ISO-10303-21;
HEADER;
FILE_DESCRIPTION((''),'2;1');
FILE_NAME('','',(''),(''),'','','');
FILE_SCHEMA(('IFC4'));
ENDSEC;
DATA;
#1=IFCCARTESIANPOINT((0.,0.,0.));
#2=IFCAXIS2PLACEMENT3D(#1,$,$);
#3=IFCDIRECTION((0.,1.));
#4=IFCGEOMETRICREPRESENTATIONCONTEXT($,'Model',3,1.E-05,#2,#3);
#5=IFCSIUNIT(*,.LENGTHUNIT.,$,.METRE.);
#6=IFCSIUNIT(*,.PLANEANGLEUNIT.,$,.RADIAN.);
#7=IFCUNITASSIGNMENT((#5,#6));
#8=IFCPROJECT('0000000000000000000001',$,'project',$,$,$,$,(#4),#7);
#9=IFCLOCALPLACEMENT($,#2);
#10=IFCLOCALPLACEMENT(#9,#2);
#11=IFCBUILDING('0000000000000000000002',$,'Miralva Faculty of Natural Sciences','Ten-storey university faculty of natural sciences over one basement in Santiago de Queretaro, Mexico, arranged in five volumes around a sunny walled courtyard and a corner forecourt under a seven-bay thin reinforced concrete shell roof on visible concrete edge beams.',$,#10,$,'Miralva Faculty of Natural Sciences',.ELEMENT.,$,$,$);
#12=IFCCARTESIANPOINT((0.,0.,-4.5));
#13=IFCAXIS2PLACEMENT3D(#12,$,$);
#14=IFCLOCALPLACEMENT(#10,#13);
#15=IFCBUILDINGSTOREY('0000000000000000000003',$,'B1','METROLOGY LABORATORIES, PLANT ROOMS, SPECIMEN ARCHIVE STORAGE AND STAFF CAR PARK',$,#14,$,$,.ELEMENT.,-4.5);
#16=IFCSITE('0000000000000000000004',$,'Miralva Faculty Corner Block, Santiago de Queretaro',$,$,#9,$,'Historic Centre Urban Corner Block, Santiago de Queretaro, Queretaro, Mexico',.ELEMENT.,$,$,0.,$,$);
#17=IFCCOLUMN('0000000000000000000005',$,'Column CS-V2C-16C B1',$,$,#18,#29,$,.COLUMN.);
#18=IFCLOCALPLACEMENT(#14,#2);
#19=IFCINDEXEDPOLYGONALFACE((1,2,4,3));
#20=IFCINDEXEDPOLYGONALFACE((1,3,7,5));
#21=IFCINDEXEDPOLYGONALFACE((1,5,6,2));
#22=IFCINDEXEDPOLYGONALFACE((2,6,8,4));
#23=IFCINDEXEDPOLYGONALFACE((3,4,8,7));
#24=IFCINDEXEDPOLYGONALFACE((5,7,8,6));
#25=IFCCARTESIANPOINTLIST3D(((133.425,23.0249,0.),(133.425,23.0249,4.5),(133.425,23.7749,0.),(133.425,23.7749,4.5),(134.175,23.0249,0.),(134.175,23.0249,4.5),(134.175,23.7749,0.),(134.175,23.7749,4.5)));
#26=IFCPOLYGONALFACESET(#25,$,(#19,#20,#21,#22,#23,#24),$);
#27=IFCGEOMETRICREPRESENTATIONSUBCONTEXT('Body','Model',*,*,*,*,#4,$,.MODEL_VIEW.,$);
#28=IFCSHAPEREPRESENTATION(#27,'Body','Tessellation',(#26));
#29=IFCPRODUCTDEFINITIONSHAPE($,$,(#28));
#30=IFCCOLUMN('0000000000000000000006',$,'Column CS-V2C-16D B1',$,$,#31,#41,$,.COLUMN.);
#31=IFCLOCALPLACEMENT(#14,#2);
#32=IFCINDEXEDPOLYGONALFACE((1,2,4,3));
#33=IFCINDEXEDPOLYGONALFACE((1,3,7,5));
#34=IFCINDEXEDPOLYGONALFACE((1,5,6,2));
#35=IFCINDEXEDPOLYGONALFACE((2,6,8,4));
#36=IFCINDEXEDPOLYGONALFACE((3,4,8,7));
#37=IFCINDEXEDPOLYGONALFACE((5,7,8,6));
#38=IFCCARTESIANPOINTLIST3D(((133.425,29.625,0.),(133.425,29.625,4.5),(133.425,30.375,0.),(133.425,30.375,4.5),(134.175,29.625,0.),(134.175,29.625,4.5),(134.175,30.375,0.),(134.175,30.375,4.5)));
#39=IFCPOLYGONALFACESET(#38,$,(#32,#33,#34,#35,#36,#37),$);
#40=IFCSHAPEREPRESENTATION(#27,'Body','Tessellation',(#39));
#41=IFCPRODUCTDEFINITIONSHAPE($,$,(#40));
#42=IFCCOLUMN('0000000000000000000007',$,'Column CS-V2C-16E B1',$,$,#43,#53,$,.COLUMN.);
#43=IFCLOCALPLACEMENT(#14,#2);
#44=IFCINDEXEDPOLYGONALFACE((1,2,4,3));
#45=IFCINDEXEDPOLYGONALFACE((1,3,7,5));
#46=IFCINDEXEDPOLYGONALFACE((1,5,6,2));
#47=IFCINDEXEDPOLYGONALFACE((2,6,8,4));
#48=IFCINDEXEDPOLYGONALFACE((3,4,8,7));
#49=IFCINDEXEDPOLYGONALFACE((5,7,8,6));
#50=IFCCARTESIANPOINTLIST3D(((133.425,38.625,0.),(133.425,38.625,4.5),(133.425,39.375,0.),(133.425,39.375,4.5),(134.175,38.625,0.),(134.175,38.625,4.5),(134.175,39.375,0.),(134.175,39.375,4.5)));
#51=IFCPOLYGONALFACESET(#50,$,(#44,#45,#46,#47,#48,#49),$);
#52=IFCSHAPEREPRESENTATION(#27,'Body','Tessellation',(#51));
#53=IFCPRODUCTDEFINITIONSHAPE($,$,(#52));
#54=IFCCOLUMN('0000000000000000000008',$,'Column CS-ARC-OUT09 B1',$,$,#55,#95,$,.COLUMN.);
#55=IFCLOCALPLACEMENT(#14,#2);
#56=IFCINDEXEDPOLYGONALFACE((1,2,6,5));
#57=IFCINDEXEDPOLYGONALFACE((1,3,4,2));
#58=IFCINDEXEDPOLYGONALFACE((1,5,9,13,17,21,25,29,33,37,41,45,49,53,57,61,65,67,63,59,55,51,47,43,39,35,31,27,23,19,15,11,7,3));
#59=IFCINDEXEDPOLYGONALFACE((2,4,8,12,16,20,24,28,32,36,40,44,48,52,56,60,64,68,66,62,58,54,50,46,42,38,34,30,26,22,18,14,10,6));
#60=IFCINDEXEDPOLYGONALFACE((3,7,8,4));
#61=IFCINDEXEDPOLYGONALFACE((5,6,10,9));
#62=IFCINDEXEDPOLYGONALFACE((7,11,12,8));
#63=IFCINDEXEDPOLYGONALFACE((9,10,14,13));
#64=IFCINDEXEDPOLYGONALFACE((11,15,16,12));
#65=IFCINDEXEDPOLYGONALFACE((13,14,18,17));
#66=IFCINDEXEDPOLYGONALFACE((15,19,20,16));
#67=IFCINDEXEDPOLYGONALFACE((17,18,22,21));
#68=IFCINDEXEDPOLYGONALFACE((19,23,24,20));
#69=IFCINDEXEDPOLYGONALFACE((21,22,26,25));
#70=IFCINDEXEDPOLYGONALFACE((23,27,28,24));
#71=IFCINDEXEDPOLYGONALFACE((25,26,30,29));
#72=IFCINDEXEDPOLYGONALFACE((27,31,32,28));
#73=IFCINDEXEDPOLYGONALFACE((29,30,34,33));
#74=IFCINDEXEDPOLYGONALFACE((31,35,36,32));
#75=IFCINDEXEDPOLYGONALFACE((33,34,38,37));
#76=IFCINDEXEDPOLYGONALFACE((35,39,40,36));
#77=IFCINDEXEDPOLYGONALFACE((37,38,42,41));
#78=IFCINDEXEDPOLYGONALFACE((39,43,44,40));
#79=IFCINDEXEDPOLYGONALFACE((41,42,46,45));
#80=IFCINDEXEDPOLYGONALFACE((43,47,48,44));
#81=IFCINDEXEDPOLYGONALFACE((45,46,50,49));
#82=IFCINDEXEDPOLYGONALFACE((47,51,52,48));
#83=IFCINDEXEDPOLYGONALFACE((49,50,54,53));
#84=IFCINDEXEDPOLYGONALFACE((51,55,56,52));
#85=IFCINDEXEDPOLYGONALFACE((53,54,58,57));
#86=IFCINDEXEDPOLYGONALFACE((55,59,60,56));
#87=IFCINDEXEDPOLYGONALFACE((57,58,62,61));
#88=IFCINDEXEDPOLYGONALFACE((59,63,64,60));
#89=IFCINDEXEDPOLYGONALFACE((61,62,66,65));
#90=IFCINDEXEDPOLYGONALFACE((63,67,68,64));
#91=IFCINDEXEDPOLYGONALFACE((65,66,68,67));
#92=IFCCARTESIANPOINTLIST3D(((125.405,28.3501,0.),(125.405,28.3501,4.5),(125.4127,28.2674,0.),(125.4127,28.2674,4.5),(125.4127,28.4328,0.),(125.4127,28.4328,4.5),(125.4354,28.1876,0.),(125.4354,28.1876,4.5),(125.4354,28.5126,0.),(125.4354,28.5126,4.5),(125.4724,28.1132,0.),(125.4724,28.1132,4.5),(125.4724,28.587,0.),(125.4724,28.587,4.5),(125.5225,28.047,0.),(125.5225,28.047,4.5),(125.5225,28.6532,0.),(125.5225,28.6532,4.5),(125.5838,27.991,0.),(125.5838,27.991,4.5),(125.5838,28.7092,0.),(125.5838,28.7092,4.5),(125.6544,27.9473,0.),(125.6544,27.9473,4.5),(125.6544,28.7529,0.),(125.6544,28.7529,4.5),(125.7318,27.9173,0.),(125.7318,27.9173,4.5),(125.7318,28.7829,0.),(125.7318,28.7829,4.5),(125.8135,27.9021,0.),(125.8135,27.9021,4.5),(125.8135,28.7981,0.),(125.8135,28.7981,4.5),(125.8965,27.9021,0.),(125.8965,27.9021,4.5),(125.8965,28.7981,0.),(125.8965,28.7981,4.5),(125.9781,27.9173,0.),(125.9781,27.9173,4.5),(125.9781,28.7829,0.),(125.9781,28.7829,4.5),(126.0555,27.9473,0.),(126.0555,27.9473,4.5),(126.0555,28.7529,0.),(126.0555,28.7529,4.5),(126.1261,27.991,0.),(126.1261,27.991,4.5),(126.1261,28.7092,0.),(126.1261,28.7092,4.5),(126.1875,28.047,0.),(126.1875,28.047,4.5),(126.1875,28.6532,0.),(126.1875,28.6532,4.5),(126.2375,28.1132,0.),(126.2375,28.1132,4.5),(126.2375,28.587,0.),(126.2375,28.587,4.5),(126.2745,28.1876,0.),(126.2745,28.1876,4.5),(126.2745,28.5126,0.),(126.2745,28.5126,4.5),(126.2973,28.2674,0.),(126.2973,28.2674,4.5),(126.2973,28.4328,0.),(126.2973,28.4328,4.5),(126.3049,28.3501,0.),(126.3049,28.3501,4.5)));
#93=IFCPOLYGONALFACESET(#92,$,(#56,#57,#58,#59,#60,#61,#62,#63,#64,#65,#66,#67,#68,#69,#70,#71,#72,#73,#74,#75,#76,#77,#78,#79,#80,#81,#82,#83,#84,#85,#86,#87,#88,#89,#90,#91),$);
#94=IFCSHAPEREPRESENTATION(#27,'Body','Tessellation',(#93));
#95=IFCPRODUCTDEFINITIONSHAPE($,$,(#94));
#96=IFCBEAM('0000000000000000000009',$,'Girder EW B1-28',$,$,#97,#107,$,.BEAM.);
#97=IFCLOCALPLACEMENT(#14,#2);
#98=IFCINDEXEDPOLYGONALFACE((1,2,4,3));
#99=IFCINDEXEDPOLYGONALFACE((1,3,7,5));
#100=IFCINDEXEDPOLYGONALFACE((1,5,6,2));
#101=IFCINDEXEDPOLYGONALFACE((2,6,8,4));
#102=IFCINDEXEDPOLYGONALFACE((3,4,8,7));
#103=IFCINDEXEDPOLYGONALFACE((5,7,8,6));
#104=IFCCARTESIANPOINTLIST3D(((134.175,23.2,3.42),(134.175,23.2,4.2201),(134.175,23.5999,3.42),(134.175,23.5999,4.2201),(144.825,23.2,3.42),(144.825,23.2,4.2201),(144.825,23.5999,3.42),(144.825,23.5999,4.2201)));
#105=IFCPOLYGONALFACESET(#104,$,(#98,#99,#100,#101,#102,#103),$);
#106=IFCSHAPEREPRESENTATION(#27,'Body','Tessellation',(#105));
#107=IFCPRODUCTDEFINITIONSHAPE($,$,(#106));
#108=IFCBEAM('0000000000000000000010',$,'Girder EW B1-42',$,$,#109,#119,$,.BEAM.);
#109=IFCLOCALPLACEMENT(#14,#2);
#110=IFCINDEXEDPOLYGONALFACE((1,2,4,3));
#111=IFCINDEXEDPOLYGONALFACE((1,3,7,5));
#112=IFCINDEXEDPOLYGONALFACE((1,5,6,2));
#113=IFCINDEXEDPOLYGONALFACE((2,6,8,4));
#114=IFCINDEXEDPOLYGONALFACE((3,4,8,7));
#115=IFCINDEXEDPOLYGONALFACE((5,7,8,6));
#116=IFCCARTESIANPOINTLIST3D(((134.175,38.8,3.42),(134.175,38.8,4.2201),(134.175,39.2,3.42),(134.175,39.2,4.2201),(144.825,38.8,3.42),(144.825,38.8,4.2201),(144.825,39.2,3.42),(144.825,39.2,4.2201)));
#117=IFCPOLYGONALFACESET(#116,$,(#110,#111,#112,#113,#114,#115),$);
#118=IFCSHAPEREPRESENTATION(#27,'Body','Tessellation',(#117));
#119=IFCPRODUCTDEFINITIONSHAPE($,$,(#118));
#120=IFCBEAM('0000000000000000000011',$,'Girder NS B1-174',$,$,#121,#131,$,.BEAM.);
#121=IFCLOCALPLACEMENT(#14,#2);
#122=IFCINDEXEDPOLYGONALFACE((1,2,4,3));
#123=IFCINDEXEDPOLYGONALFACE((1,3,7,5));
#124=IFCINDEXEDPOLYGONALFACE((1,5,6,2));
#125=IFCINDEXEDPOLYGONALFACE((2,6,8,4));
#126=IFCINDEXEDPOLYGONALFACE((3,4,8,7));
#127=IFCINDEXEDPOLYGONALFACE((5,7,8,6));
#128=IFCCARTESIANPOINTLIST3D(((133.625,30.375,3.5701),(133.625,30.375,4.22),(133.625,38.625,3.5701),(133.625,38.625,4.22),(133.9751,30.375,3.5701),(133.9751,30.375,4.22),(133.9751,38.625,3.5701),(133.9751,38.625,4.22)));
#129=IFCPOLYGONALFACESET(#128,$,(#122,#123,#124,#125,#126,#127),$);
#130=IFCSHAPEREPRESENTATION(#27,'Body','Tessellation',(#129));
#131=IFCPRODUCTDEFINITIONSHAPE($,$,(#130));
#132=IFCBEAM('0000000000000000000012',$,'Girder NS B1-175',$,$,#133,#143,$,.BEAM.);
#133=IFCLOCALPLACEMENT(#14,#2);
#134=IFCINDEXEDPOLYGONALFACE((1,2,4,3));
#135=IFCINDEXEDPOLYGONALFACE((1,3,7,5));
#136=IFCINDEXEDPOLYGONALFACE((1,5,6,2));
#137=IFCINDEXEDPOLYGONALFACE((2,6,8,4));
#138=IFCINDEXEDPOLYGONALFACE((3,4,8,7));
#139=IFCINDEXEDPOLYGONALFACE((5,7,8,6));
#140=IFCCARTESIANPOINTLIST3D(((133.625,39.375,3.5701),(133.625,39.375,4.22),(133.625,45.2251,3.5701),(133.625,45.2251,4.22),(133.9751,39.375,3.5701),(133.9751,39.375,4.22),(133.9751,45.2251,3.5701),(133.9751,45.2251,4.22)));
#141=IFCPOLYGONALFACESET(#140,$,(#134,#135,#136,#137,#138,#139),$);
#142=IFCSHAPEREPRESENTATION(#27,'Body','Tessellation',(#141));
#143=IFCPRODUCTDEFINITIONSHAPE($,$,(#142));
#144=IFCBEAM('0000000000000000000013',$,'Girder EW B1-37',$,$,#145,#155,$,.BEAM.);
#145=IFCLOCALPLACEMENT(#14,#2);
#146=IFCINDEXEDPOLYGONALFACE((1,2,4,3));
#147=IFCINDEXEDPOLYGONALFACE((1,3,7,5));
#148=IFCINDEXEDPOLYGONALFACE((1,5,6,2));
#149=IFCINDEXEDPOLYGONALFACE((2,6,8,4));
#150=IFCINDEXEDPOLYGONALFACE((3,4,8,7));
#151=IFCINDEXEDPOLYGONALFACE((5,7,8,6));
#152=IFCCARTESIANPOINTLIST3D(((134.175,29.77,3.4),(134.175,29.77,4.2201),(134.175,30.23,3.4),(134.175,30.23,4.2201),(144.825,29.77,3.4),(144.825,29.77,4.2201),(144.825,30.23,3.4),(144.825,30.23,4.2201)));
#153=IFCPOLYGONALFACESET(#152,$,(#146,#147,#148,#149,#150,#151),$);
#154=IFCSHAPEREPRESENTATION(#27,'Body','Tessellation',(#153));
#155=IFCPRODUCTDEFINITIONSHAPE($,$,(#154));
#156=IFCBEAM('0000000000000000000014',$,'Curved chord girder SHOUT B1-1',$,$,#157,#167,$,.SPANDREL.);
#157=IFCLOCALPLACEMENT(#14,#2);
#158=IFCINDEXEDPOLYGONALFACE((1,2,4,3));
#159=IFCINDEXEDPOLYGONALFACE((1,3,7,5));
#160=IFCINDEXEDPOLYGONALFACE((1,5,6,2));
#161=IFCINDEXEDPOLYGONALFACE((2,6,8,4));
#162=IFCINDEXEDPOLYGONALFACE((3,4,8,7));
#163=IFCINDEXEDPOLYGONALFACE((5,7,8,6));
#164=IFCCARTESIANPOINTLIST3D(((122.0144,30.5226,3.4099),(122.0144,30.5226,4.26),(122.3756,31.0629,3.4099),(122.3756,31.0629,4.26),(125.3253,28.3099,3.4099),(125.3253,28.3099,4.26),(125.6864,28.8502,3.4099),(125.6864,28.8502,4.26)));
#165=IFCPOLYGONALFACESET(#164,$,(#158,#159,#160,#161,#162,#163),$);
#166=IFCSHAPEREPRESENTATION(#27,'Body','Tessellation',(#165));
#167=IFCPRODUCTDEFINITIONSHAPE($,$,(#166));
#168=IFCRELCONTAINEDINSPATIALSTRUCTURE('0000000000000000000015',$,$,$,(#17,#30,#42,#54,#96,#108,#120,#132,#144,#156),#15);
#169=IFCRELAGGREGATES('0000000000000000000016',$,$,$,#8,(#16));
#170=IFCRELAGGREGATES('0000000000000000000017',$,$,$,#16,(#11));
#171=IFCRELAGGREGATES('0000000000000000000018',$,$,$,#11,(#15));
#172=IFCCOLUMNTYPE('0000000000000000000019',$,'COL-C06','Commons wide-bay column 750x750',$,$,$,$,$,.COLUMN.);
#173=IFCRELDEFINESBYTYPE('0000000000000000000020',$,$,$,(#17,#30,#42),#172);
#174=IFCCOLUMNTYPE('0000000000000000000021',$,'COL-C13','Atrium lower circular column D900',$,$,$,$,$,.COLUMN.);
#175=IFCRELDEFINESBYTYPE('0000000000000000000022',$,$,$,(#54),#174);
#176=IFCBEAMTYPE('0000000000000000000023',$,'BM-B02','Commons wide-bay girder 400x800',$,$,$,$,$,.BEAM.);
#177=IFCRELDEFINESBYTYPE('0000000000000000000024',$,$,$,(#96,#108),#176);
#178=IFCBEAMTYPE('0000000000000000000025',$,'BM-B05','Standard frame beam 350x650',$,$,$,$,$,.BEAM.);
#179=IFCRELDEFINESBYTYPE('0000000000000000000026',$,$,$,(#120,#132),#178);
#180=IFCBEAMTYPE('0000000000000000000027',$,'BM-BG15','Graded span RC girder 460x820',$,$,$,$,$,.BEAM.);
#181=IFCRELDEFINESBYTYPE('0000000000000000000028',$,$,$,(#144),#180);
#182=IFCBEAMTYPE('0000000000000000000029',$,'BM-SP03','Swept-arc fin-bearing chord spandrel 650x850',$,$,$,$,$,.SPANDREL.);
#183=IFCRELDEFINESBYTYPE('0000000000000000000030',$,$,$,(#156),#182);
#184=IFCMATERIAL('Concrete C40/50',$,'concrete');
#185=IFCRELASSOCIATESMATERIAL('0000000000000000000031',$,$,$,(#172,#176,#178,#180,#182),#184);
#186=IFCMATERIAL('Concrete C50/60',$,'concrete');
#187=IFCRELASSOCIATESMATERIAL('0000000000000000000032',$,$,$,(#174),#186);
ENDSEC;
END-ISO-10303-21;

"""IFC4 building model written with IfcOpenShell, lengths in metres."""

from ifc_helpers import new_model, si_unit, direction, frame, origin, origin_2d, place, context, subcontext, project, spatial, rectangle, circle, extrude, material, material_profile, profile_set, type_object, element, save


model = new_model("IFC4")

# Units and contexts
model_context = context("Model", 3, precision=1e-05, world=origin(), true_north=direction((0.0, 1.0)))
body_context = subcontext(model_context, "Body", "Model", "MODEL_VIEW")
ifc_project = project(units=[si_unit("LENGTHUNIT", "METRE"), si_unit("PLANEANGLEUNIT", "RADIAN")], contexts=[model_context])

# Site, building, storey
site_placement = place(None, origin())
site = spatial("IfcSite", under=ifc_project, at=site_placement, Name="Miralva Faculty Corner Block, Santiago de Queretaro", LongName="Historic Centre Urban Corner Block, Santiago de Queretaro, Queretaro, Mexico", CompositionType="ELEMENT", RefElevation=0.0)
building_placement = place(site_placement, origin())
building = spatial("IfcBuilding", under=site, at=building_placement, Name="Miralva Faculty of Natural Sciences", Description="Ten-storey university faculty of natural sciences over one basement in Santiago de Queretaro, Mexico, arranged in five volumes around a sunny walled courtyard and a corner forecourt under a seven-bay thin reinforced concrete shell roof on visible concrete edge beams.", LongName="Miralva Faculty of Natural Sciences", CompositionType="ELEMENT")
storey_placement = place(building_placement, frame((0.0, 0.0, -4.5)))
storey = spatial("IfcBuildingStorey", under=building, at=storey_placement, Name="B1", Description="METROLOGY LABORATORIES, PLANT ROOMS, SPECIMEN ARCHIVE STORAGE AND STAFF CAR PARK", CompositionType="ELEMENT", Elevation=-4.5)

# Columns
ifc_material_1 = material(Name="Concrete C40/50", Category="concrete")
ifc_material_profile_1 = material_profile(ifc_material_1, rectangle(XDim=0.75, YDim=0.75, at=origin_2d()), Name="RC 750x750")
ifc_profile_set_1 = profile_set([ifc_material_profile_1], Name="Concrete C40/50")
column_type_1 = type_object("IfcColumnType", Name="COL-C06", Description="Commons wide-bay column 750x750", PredefinedType="COLUMN", material=ifc_profile_set_1)
for number, where, z_axis, x_axis, name in (
    (1, (133.8, 23.3999, 0.0), (0.0, 0.0, 1.0), (1.0, 0.0, 0.0), "Column CS-V2C-16C B1"),
    (2, (133.8, 30.0, 0.0), (0.0, 0.0, 1.0), (1.0, 0.0, 0.0), "Column CS-V2C-16D B1"),
    (3, (133.8, 39.0, 0.0), (0.0, 0.0, 1.0), (1.0, 0.0, 0.0), "Column CS-V2C-16E B1"),
):
    element("IfcColumn", number, at=place(storey_placement, frame(where, z_axis=z_axis, x_axis=x_axis)), inside=storey, type_object=column_type_1, Name=name, PredefinedType="COLUMN", context=body_context, shape_type="SweptSolid", body=[
        extrude(rectangle(XDim=0.75, YDim=0.75, at=origin_2d()), origin(), (0.0, 0.0, 1.0), 4.5),
    ])
ifc_material_2 = material(Name="Concrete C50/60", Category="concrete")
ifc_material_profile_2 = material_profile(ifc_material_2, circle(Radius=0.45, at=origin_2d()), Name="RC DIA 900")
ifc_profile_set_2 = profile_set([ifc_material_profile_2], Name="Concrete C50/60")
column_type_2 = type_object("IfcColumnType", Name="COL-C13", Description="Atrium lower circular column D900", PredefinedType="COLUMN", material=ifc_profile_set_2)
column_placement = place(storey_placement, frame((125.855, 28.3501, 0.0), z_axis=(0.0, 0.0, 1.0), x_axis=(1.0, 0.0, 0.0)))
element("IfcColumn", 4, at=column_placement, inside=storey, type_object=column_type_2, Name="Column CS-ARC-OUT09 B1", PredefinedType="COLUMN", context=body_context, shape_type="SweptSolid", body=[
    extrude(circle(Radius=0.45, at=origin_2d()), origin(), (0.0, 0.0, 1.0), 4.5),
])

# Beams
ifc_material_profile_3 = material_profile(ifc_material_1, rectangle(XDim=0.3999, YDim=0.8, at=origin_2d()), Name="RC 400x800")
ifc_profile_set_3 = profile_set([ifc_material_profile_3], Name="Concrete C40/50")
beam_type_1 = type_object("IfcBeamType", Name="BM-B02", Description="Commons wide-bay girder 400x800", PredefinedType="BEAM", material=ifc_profile_set_3)
for number, where, z_axis, x_axis, name in (
    (5, (134.175, 23.3999, 3.8201), (1.0, 0.0, 0.0), (0.0, 1.0, 0.0), "Girder EW B1-28"),
    (6, (134.175, 39.0, 3.8201), (1.0, 0.0, 0.0), (0.0, 1.0, 0.0), "Girder EW B1-42"),
):
    element("IfcBeam", number, at=place(storey_placement, frame(where, z_axis=z_axis, x_axis=x_axis)), inside=storey, type_object=beam_type_1, Name=name, PredefinedType="BEAM", context=body_context, shape_type="SweptSolid", body=[
        extrude(rectangle(XDim=0.3999, YDim=0.8, at=origin_2d()), origin(), (0.0, 0.0, 1.0), 10.6499),
    ])
ifc_material_profile_4 = material_profile(ifc_material_1, rectangle(XDim=0.3501, YDim=0.6499, at=origin_2d()), Name="RC 350x650")
ifc_profile_set_4 = profile_set([ifc_material_profile_4], Name="Concrete C40/50")
beam_type_2 = type_object("IfcBeamType", Name="BM-B05", Description="Standard frame beam 350x650", PredefinedType="BEAM", material=ifc_profile_set_4)
beam_1_placement = place(storey_placement, frame((133.8, 30.375, 3.895), z_axis=(0.0, 1.0, 0.0), x_axis=(-1.0, 0.0, 0.0)))
element("IfcBeam", 7, at=beam_1_placement, inside=storey, type_object=beam_type_2, Name="Girder NS B1-174", PredefinedType="BEAM", context=body_context, shape_type="SweptSolid", body=[
    extrude(rectangle(XDim=0.3501, YDim=0.6499, at=origin_2d()), origin(), (0.0, 0.0, 1.0), 8.25),
])
beam_2_placement = place(storey_placement, frame((133.8, 39.375, 3.895), z_axis=(0.0, 1.0, 0.0), x_axis=(-1.0, 0.0, 0.0)))
element("IfcBeam", 8, at=beam_2_placement, inside=storey, type_object=beam_type_2, Name="Girder NS B1-175", PredefinedType="BEAM", context=body_context, shape_type="SweptSolid", body=[
    extrude(rectangle(XDim=0.3501, YDim=0.6499, at=origin_2d()), origin(), (0.0, 0.0, 1.0), 5.8501),
])
ifc_material_profile_5 = material_profile(ifc_material_1, rectangle(XDim=0.46, YDim=0.8201, at=origin_2d()), Name="RC 460x820")
ifc_profile_set_5 = profile_set([ifc_material_profile_5], Name="Concrete C40/50")
beam_type_3 = type_object("IfcBeamType", Name="BM-BG15", Description="Graded span RC girder 460x820", PredefinedType="BEAM", material=ifc_profile_set_5)
beam_3_placement = place(storey_placement, frame((134.175, 30.0, 3.8101), z_axis=(1.0, 0.0, 0.0), x_axis=(0.0, 1.0, 0.0)))
element("IfcBeam", 9, at=beam_3_placement, inside=storey, type_object=beam_type_3, Name="Girder EW B1-37", PredefinedType="BEAM", context=body_context, shape_type="SweptSolid", body=[
    extrude(rectangle(XDim=0.46, YDim=0.8201, at=origin_2d()), origin(), (0.0, 0.0, 1.0), 10.6499),
])
ifc_material_profile_6 = material_profile(ifc_material_1, rectangle(XDim=0.6499, YDim=0.8501, at=origin_2d()), Name="RC 650x850")
ifc_profile_set_6 = profile_set([ifc_material_profile_6], Name="Concrete C40/50")
beam_type_4 = type_object("IfcBeamType", Name="BM-SP03", Description="Swept-arc fin-bearing chord spandrel 650x850", PredefinedType="SPANDREL", material=ifc_profile_set_6)
beam_4_placement = place(storey_placement, frame((125.5059, 28.5801, 3.835), z_axis=(-0.831418, 0.555648, 0.0), x_axis=(-0.555648, -0.831418, 0.0)))
element("IfcBeam", 10, at=beam_4_placement, inside=storey, type_object=beam_type_4, Name="Curved chord girder SHOUT B1-1", PredefinedType="SPANDREL", context=body_context, shape_type="SweptSolid", body=[
    extrude(rectangle(XDim=0.6499, YDim=0.8501, at=origin_2d()), origin(), (0.0, 0.0, 1.0), 3.9822),
])

save(model, "model.ifc")
